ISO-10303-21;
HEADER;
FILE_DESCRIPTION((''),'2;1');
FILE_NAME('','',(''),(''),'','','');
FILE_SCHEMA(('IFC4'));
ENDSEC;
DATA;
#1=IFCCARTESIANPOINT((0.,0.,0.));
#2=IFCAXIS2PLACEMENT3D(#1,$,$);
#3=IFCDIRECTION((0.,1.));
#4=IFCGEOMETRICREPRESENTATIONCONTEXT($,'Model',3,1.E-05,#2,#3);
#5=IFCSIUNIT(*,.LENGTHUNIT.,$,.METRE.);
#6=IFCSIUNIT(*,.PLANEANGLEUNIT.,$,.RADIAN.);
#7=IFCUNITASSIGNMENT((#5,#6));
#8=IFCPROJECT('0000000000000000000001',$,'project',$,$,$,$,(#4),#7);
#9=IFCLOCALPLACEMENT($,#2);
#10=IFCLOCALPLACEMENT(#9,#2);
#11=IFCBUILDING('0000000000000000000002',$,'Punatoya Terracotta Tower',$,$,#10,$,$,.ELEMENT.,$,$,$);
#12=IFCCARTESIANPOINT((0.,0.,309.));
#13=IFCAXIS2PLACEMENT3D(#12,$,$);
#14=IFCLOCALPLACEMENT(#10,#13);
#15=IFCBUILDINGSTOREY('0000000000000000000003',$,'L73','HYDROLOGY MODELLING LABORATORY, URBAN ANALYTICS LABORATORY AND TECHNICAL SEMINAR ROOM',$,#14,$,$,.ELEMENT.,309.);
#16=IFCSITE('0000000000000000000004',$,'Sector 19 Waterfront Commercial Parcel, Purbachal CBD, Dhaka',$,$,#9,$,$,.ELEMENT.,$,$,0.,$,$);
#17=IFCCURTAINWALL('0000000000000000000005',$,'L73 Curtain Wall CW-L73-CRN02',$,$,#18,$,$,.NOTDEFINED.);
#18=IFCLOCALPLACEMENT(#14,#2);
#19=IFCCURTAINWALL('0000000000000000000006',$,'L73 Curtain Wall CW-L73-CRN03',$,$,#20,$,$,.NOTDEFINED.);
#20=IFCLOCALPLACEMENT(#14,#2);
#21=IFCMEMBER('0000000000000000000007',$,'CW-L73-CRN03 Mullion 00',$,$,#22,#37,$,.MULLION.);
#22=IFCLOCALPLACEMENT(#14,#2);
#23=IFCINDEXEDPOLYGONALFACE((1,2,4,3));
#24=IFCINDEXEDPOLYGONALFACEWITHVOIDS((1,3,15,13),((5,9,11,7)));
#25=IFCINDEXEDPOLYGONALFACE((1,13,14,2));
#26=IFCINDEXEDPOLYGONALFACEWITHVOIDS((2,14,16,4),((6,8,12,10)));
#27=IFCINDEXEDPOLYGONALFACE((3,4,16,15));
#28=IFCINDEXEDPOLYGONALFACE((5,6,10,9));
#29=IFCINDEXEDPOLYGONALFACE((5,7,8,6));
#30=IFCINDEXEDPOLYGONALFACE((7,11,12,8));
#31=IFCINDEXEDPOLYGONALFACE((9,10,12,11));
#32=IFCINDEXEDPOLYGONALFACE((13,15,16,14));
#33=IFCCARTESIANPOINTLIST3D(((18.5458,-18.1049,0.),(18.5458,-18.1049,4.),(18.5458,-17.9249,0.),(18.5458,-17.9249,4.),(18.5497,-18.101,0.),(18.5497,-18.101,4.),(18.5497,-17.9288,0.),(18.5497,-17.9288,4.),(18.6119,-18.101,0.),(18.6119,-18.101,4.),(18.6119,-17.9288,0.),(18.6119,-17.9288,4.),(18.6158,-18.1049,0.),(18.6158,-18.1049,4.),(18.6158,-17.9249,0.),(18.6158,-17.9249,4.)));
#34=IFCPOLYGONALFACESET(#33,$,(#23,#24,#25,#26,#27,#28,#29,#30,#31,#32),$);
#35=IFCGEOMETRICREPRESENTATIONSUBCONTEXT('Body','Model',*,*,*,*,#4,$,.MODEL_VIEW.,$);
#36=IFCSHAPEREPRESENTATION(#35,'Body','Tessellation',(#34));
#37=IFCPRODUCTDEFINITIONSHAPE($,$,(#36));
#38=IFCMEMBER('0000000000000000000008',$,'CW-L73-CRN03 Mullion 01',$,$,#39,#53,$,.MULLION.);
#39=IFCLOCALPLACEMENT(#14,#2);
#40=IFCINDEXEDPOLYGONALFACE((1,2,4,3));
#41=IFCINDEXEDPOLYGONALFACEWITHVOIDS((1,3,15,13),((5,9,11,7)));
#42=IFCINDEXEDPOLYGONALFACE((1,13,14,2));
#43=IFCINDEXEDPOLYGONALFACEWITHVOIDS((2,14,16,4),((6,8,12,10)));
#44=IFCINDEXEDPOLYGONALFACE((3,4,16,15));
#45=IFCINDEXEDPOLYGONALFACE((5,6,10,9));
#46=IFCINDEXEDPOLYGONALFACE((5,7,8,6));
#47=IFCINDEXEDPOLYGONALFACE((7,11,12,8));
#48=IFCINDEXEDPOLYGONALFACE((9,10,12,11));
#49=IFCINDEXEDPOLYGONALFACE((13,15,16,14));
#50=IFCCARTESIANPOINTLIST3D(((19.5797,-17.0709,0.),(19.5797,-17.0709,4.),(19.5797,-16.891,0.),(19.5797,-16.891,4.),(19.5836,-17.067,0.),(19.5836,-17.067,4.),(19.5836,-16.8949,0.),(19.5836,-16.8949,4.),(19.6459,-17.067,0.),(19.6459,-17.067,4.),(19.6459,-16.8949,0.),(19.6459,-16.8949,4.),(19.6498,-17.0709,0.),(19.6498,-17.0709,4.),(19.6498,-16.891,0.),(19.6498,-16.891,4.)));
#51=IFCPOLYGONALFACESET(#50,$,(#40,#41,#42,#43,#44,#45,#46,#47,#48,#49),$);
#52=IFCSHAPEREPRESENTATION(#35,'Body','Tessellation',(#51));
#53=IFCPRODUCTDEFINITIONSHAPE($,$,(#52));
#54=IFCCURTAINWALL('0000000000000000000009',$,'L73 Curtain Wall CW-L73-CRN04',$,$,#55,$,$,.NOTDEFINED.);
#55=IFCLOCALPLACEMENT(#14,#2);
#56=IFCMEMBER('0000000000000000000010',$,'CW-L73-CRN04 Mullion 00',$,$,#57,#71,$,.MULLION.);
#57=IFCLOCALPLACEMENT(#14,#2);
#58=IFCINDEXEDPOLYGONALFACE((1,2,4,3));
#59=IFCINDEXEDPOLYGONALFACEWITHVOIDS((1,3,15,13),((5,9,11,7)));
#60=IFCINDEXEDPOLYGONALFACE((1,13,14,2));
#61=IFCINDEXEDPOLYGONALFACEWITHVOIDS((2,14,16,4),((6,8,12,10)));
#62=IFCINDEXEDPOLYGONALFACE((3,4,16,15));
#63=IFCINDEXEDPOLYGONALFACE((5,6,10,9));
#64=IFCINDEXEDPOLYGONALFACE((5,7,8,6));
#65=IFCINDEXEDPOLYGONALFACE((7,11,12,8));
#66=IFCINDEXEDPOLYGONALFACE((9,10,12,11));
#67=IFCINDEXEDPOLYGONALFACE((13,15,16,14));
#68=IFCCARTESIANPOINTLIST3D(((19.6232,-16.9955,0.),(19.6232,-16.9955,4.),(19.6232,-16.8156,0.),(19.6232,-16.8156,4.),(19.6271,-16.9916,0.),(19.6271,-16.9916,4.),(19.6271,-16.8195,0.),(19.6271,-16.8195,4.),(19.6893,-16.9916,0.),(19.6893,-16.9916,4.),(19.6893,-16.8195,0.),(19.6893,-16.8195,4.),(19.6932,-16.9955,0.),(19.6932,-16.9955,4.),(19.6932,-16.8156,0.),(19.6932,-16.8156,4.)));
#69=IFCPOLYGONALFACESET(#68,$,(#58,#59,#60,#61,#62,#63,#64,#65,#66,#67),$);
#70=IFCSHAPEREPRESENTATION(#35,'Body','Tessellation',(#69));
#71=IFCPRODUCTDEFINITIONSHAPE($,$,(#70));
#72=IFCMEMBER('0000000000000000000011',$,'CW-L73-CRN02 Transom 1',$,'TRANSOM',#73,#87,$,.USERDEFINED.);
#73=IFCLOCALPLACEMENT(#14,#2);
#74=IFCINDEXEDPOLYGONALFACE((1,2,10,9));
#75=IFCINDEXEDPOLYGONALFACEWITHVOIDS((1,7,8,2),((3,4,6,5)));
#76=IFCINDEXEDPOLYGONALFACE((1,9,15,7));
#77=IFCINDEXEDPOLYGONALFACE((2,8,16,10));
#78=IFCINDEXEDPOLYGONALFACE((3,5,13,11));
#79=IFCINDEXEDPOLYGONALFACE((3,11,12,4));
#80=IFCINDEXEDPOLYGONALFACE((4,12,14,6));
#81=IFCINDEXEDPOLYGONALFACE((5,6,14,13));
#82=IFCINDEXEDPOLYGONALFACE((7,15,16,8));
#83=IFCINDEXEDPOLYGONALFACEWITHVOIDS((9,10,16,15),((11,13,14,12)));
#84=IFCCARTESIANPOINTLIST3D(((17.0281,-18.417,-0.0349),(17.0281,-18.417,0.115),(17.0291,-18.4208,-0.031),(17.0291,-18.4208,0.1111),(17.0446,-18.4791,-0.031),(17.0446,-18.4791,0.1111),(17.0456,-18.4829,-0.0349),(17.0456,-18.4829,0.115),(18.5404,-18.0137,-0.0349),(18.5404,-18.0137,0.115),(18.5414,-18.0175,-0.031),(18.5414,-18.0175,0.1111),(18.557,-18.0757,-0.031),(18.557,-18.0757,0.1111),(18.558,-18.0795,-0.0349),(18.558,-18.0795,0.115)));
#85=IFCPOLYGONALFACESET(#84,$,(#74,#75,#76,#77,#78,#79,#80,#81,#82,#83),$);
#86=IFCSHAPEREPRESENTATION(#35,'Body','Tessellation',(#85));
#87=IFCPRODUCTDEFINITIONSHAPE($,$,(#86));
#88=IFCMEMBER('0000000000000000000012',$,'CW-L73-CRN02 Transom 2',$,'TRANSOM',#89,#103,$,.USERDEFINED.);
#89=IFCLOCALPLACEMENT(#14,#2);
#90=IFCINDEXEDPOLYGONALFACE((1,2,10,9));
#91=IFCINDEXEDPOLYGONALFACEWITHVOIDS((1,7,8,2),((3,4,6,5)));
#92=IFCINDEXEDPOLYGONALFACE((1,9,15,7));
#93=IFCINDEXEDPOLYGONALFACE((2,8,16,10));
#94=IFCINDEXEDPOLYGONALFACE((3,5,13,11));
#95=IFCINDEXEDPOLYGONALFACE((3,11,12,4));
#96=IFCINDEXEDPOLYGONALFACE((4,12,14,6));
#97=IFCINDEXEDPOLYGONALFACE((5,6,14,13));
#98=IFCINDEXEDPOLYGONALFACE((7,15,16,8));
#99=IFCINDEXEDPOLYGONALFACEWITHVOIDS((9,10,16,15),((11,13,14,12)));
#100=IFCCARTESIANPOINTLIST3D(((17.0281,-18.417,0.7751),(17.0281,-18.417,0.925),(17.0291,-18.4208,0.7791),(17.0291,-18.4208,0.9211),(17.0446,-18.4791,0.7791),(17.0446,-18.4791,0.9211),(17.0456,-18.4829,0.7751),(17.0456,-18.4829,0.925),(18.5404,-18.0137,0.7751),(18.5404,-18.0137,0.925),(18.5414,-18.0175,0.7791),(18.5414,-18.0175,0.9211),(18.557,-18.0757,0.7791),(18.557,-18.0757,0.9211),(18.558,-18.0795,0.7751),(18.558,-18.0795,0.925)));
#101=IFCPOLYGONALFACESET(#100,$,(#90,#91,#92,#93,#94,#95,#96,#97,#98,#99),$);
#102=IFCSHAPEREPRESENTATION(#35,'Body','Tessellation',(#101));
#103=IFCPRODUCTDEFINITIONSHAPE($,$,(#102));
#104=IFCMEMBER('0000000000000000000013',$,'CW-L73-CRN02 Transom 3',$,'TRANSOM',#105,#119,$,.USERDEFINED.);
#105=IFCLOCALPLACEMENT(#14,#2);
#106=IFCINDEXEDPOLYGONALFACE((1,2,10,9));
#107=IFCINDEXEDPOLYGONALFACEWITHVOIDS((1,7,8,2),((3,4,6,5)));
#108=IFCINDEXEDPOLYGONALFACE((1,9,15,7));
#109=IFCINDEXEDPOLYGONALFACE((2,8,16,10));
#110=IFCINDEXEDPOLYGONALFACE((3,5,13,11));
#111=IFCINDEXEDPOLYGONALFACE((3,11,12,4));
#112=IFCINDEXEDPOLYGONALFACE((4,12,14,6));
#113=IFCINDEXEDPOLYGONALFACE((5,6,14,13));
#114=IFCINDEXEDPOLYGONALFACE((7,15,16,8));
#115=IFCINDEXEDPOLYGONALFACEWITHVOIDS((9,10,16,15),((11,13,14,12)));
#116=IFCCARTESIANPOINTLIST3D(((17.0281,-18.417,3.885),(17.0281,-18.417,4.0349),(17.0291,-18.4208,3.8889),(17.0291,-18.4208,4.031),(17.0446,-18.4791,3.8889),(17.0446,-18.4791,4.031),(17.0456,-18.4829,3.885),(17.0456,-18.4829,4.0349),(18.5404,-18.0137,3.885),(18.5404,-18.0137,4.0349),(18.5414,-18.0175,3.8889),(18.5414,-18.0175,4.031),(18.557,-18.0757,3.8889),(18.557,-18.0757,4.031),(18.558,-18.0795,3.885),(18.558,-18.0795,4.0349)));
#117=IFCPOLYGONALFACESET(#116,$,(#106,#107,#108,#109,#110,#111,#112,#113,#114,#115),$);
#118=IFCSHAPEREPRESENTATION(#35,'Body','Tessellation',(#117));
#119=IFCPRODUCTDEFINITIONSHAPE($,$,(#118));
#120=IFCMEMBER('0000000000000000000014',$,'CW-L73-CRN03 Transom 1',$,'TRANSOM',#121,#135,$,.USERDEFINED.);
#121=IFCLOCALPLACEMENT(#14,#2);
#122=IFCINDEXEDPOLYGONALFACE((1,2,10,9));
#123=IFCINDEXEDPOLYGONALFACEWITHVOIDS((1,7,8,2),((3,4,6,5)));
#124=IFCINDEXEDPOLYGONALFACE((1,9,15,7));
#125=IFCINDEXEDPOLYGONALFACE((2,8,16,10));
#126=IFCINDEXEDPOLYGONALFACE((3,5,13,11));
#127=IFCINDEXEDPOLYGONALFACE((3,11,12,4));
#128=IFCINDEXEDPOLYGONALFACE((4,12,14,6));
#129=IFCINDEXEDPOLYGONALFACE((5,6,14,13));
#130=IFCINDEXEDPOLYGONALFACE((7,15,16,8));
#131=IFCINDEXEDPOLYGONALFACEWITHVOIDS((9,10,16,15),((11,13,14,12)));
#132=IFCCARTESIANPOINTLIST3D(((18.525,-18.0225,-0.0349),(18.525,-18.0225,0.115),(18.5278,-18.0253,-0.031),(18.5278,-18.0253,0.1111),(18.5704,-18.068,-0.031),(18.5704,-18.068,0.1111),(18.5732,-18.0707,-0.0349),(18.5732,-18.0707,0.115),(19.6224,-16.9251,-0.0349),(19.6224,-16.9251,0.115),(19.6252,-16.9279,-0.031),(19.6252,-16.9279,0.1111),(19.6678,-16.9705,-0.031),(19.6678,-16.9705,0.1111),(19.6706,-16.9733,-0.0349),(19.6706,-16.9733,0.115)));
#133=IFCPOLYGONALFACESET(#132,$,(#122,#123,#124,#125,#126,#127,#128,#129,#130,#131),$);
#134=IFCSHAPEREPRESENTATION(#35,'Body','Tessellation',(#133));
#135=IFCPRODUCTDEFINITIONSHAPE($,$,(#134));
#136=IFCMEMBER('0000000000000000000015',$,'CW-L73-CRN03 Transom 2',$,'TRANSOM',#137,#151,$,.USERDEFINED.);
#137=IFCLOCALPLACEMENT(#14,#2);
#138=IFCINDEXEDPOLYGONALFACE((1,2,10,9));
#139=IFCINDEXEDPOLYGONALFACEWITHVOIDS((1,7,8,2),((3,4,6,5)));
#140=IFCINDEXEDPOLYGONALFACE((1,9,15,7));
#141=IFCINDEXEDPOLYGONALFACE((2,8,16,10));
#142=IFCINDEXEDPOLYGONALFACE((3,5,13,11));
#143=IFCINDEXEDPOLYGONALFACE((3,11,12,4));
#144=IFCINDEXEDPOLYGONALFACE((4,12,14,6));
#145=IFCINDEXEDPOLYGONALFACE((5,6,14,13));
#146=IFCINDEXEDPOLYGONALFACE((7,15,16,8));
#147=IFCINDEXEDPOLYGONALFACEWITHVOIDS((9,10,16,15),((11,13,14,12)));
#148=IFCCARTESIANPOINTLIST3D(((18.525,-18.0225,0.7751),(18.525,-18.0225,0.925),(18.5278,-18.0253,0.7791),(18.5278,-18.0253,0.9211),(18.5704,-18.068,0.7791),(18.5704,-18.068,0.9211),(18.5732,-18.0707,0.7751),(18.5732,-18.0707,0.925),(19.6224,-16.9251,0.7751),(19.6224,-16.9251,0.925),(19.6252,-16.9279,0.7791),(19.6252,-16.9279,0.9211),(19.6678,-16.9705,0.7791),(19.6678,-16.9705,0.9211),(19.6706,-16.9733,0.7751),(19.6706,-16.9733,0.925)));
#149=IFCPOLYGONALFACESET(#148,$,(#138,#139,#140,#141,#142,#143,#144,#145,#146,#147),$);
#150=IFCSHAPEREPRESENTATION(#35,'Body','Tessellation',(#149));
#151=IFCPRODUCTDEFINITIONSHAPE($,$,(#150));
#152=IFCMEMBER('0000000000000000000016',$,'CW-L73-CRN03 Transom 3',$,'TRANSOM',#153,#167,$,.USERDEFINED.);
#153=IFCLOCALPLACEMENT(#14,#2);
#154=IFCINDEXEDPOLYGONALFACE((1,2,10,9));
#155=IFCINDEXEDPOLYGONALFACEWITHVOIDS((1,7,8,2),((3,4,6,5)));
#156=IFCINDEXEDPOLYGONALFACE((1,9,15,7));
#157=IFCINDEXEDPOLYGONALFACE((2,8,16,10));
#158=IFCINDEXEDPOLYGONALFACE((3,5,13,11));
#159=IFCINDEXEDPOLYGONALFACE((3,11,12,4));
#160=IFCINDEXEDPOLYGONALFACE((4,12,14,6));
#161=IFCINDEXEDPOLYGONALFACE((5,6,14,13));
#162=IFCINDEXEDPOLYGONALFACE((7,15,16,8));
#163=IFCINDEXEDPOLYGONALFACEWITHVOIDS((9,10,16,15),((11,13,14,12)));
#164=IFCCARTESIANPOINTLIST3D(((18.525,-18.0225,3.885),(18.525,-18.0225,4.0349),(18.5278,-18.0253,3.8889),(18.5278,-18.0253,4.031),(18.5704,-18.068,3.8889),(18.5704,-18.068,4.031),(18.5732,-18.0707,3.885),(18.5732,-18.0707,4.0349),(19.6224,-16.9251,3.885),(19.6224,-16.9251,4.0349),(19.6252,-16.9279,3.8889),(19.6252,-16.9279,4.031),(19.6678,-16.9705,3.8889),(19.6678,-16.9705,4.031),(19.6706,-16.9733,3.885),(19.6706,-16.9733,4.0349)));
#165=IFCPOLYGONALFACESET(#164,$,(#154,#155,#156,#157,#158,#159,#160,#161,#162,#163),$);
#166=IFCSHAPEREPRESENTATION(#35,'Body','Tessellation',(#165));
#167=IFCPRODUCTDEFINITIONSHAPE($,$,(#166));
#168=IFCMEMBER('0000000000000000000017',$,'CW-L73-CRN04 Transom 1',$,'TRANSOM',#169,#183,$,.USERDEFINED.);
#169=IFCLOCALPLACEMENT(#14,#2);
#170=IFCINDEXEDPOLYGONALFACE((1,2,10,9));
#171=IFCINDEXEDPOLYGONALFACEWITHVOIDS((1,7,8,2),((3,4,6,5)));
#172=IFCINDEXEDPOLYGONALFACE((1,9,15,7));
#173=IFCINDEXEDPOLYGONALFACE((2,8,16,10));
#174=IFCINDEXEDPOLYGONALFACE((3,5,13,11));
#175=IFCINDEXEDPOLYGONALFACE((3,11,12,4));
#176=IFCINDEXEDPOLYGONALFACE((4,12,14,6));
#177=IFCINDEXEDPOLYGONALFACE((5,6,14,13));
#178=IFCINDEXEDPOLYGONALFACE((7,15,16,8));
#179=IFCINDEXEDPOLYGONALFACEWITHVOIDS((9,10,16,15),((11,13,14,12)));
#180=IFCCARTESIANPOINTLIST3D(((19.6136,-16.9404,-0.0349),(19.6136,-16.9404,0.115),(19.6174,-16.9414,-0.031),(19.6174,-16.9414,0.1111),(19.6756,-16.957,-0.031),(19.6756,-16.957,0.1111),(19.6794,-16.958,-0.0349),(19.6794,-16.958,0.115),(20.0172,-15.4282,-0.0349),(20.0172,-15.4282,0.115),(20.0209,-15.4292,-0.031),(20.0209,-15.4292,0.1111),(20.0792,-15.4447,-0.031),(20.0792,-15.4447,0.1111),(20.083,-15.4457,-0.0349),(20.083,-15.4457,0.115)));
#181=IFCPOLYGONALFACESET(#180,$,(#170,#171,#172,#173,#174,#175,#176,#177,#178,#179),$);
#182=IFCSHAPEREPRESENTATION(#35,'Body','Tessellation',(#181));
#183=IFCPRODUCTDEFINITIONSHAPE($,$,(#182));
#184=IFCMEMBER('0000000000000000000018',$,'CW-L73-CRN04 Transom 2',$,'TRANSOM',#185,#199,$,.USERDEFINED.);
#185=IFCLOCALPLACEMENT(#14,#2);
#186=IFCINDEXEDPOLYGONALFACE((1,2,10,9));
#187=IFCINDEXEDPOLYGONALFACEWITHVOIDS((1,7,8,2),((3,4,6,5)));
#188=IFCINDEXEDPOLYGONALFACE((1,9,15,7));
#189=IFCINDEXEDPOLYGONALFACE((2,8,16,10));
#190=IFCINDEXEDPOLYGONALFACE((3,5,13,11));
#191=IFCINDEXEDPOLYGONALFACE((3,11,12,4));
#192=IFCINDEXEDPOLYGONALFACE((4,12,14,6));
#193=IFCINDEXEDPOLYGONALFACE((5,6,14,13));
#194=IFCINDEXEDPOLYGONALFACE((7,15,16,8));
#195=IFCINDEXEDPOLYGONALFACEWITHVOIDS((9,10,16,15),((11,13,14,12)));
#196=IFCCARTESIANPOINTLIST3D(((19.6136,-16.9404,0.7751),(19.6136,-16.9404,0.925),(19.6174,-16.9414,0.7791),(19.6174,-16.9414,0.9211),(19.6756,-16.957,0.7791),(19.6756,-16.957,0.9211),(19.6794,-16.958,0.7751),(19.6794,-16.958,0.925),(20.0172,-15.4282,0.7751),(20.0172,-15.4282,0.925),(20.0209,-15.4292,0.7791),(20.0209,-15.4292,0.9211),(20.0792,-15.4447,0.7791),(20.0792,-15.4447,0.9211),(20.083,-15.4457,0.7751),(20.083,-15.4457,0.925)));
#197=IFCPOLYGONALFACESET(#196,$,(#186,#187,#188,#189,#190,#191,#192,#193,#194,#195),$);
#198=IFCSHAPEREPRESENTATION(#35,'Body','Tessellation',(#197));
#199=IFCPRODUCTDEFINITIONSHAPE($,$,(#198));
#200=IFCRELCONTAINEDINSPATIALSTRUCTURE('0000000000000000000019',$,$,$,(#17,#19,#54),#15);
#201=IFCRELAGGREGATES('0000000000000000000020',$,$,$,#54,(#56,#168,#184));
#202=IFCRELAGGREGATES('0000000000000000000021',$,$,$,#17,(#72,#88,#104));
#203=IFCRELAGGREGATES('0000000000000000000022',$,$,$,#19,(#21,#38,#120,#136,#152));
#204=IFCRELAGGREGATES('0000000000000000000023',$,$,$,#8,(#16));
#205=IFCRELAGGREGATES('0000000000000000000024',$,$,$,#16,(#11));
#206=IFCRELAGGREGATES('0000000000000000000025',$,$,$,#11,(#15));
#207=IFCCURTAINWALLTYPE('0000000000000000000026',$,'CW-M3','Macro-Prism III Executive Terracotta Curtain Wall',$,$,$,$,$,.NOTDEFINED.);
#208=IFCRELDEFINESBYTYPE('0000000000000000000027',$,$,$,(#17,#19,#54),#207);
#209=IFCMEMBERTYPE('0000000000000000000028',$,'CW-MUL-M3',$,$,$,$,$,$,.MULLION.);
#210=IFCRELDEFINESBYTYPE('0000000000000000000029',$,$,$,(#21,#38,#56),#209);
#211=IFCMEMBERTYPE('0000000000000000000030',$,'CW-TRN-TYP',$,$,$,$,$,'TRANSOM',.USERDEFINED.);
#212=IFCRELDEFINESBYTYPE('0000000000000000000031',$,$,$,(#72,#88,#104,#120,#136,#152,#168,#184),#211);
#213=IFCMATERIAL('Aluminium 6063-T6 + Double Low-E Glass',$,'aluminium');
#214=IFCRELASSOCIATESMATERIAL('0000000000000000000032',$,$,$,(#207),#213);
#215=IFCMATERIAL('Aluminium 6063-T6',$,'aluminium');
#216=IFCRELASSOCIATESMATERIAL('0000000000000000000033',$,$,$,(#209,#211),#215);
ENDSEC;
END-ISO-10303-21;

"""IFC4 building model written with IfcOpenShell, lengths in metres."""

from ifc_helpers import new_model, si_unit, direction, frame, origin, origin_2d, place, context, subcontext, project, spatial, hollow_rectangle, extrude, material, material_profile, profile_set, type_object, element, aggregate, save


model = new_model("IFC4")

# Units and contexts
model_context = context("Model", 3, precision=1e-05, world=origin(), true_north=direction((0.0, 1.0)))
body_context = subcontext(model_context, "Body", "Model", "MODEL_VIEW")
ifc_project = project(units=[si_unit("LENGTHUNIT", "METRE"), si_unit("PLANEANGLEUNIT", "RADIAN")], contexts=[model_context])

# Site, building, storey
site_placement = place(None, origin())
site = spatial("IfcSite", under=ifc_project, at=site_placement, Name="Sector 19 Waterfront Commercial Parcel, Purbachal CBD, Dhaka", CompositionType="ELEMENT", RefElevation=0.0)
building_placement = place(site_placement, origin())
building = spatial("IfcBuilding", under=site, at=building_placement, Name="Punatoya Terracotta Tower", CompositionType="ELEMENT")
storey_placement = place(building_placement, frame((0.0, 0.0, 309.0)))
storey = spatial("IfcBuildingStorey", under=building, at=storey_placement, Name="L73", Description="HYDROLOGY MODELLING LABORATORY, URBAN ANALYTICS LABORATORY AND TECHNICAL SEMINAR ROOM", CompositionType="ELEMENT", Elevation=309.0)

# Curtain walls, members
ifc_material_1 = material(Name="Aluminium 6063-T6 + Double Low-E Glass", Category="aluminium")
curtain_wall_type = type_object("IfcCurtainWallType", Name="CW-M3", Description="Macro-Prism III Executive Terracotta Curtain Wall", PredefinedType="NOTDEFINED", material=ifc_material_1)
ifc_material_2 = material(Name="Aluminium 6063-T6", Category="aluminium")
ifc_material_profile_1 = material_profile(ifc_material_2, hollow_rectangle(XDim=0.0701, YDim=0.1799, WallThickness=0.0039, at=origin_2d()))
ifc_profile_set_1 = profile_set([ifc_material_profile_1], Name="Aluminium 6063-T6")
member_type_1 = type_object("IfcMemberType", Name="CW-MUL-M3", PredefinedType="MULLION", material=ifc_profile_set_1)
curtain_wall_1_placement = place(storey_placement, origin())
curtain_wall_1 = element("IfcCurtainWall", 1, at=curtain_wall_1_placement, inside=storey, type_object=curtain_wall_type, Name="L73 Curtain Wall CW-L73-CRN02", PredefinedType="NOTDEFINED")
curtain_wall_2_placement = place(storey_placement, origin())
curtain_wall_2 = element("IfcCurtainWall", 2, at=curtain_wall_2_placement, inside=storey, type_object=curtain_wall_type, Name="L73 Curtain Wall CW-L73-CRN03", PredefinedType="NOTDEFINED")
member_1_placement = place(storey_placement, frame((18.5808, -18.0149, 0.0), z_axis=(0.0, 0.0, 1.0), x_axis=(1.0, 0.0, 0.0)))
member_1 = element("IfcMember", 3, at=member_1_placement, type_object=member_type_1, Name="CW-L73-CRN03 Mullion 00", PredefinedType="MULLION", context=body_context, shape_type="SweptSolid", body=[
    extrude(hollow_rectangle(XDim=0.0701, YDim=0.1799, WallThickness=0.0039, at=origin_2d()), origin(), (0.0, 0.0, 1.0), 4.0),
])
member_2_placement = place(storey_placement, frame((19.6147, -16.981, 0.0), z_axis=(0.0, 0.0, 1.0), x_axis=(1.0, 0.0, 0.0)))
member_2 = element("IfcMember", 4, at=member_2_placement, type_object=member_type_1, Name="CW-L73-CRN03 Mullion 01", PredefinedType="MULLION", context=body_context, shape_type="SweptSolid", body=[
    extrude(hollow_rectangle(XDim=0.0701, YDim=0.1799, WallThickness=0.0039, at=origin_2d()), origin(), (0.0, 0.0, 1.0), 4.0),
])

# Curtain wall, member
curtain_wall_3_placement = place(storey_placement, origin())
curtain_wall_3 = element("IfcCurtainWall", 5, at=curtain_wall_3_placement, inside=storey, type_object=curtain_wall_type, Name="L73 Curtain Wall CW-L73-CRN04", PredefinedType="NOTDEFINED")
member_3_placement = place(storey_placement, frame((19.6582, -16.9055, 0.0), z_axis=(0.0, 0.0, 1.0), x_axis=(1.0, 0.0, 0.0)))
member_3 = element("IfcMember", 6, at=member_3_placement, type_object=member_type_1, Name="CW-L73-CRN04 Mullion 00", PredefinedType="MULLION", context=body_context, shape_type="SweptSolid", body=[
    extrude(hollow_rectangle(XDim=0.0701, YDim=0.1799, WallThickness=0.0039, at=origin_2d()), origin(), (0.0, 0.0, 1.0), 4.0),
])

# Members
ifc_material_profile_2 = material_profile(ifc_material_2, hollow_rectangle(XDim=0.0681, YDim=0.1499, WallThickness=0.0039, at=origin_2d()))
ifc_profile_set_2 = profile_set([ifc_material_profile_2], Name="Aluminium 6063-T6")
member_type_2 = type_object("IfcMemberType", Name="CW-TRN-TYP", ElementType="TRANSOM", PredefinedType="USERDEFINED", material=ifc_profile_set_2)
member_4_placement = place(storey_placement, frame((17.0369, -18.45, 0.04), z_axis=(0.966225, 0.257701, 0.0), x_axis=(-0.257701, 0.966225, 0.0)))
member_4 = element("IfcMember", 7, at=member_4_placement, type_object=member_type_2, Name="CW-L73-CRN02 Transom 1", ObjectType="TRANSOM", PredefinedType="USERDEFINED", context=body_context, shape_type="SweptSolid", body=[
    extrude(hollow_rectangle(XDim=0.0681, YDim=0.1499, WallThickness=0.0039, at=origin_2d()), origin(), (0.0, 0.0, 1.0), 1.5652),
])
member_5_placement = place(storey_placement, frame((17.0369, -18.45, 0.8501), z_axis=(0.966225, 0.257701, 0.0), x_axis=(-0.257701, 0.966225, 0.0)))
member_5 = element("IfcMember", 8, at=member_5_placement, type_object=member_type_2, Name="CW-L73-CRN02 Transom 2", ObjectType="TRANSOM", PredefinedType="USERDEFINED", context=body_context, shape_type="SweptSolid", body=[
    extrude(hollow_rectangle(XDim=0.0681, YDim=0.1499, WallThickness=0.0039, at=origin_2d()), origin(), (0.0, 0.0, 1.0), 1.5652),
])
member_6_placement = place(storey_placement, frame((17.0369, -18.45, 3.96), z_axis=(0.966225, 0.257701, 0.0), x_axis=(-0.257701, 0.966225, 0.0)))
member_6 = element("IfcMember", 9, at=member_6_placement, type_object=member_type_2, Name="CW-L73-CRN02 Transom 3", ObjectType="TRANSOM", PredefinedType="USERDEFINED", context=body_context, shape_type="SweptSolid", body=[
    extrude(hollow_rectangle(XDim=0.0681, YDim=0.1499, WallThickness=0.0039, at=origin_2d()), origin(), (0.0, 0.0, 1.0), 1.5652),
])
member_7_placement = place(storey_placement, frame((18.5491, -18.0466, 0.04), z_axis=(0.707107, 0.707107, 0.0), x_axis=(-0.707107, 0.707107, 0.0)))
member_7 = element("IfcMember", 10, at=member_7_placement, type_object=member_type_2, Name="CW-L73-CRN03 Transom 1", ObjectType="TRANSOM", PredefinedType="USERDEFINED", context=body_context, shape_type="SweptSolid", body=[
    extrude(hollow_rectangle(XDim=0.0681, YDim=0.1499, WallThickness=0.0039, at=origin_2d()), origin(), (0.0, 0.0, 1.0), 1.552),
])
member_8_placement = place(storey_placement, frame((18.5491, -18.0466, 0.8501), z_axis=(0.707107, 0.707107, 0.0), x_axis=(-0.707107, 0.707107, 0.0)))
member_8 = element("IfcMember", 11, at=member_8_placement, type_object=member_type_2, Name="CW-L73-CRN03 Transom 2", ObjectType="TRANSOM", PredefinedType="USERDEFINED", context=body_context, shape_type="SweptSolid", body=[
    extrude(hollow_rectangle(XDim=0.0681, YDim=0.1499, WallThickness=0.0039, at=origin_2d()), origin(), (0.0, 0.0, 1.0), 1.552),
])
member_9_placement = place(storey_placement, frame((18.5491, -18.0466, 3.96), z_axis=(0.707107, 0.707107, 0.0), x_axis=(-0.707107, 0.707107, 0.0)))
member_9 = element("IfcMember", 12, at=member_9_placement, type_object=member_type_2, Name="CW-L73-CRN03 Transom 3", ObjectType="TRANSOM", PredefinedType="USERDEFINED", context=body_context, shape_type="SweptSolid", body=[
    extrude(hollow_rectangle(XDim=0.0681, YDim=0.1499, WallThickness=0.0039, at=origin_2d()), origin(), (0.0, 0.0, 1.0), 1.552),
])
member_10_placement = place(storey_placement, frame((19.6465, -16.9492, 0.04), z_axis=(0.257847, 0.966186, 0.0), x_axis=(-0.966186, 0.257847, 0.0)))
member_10 = element("IfcMember", 13, at=member_10_placement, type_object=member_type_2, Name="CW-L73-CRN04 Transom 1", ObjectType="TRANSOM", PredefinedType="USERDEFINED", context=body_context, shape_type="SweptSolid", body=[
    extrude(hollow_rectangle(XDim=0.0681, YDim=0.1499, WallThickness=0.0039, at=origin_2d()), origin(), (0.0, 0.0, 1.0), 1.5652),
])
member_11_placement = place(storey_placement, frame((19.6465, -16.9492, 0.8501), z_axis=(0.257847, 0.966186, 0.0), x_axis=(-0.966186, 0.257847, 0.0)))
member_11 = element("IfcMember", 14, at=member_11_placement, type_object=member_type_2, Name="CW-L73-CRN04 Transom 2", ObjectType="TRANSOM", PredefinedType="USERDEFINED", context=body_context, shape_type="SweptSolid", body=[
    extrude(hollow_rectangle(XDim=0.0681, YDim=0.1499, WallThickness=0.0039, at=origin_2d()), origin(), (0.0, 0.0, 1.0), 1.5652),
])
aggregate(curtain_wall_3, [member_3, member_10, member_11])

aggregate(curtain_wall_1, [member_4, member_5, member_6])
aggregate(curtain_wall_2, [member_1, member_2, member_7, member_8, member_9])

save(model, "model.ifc")
